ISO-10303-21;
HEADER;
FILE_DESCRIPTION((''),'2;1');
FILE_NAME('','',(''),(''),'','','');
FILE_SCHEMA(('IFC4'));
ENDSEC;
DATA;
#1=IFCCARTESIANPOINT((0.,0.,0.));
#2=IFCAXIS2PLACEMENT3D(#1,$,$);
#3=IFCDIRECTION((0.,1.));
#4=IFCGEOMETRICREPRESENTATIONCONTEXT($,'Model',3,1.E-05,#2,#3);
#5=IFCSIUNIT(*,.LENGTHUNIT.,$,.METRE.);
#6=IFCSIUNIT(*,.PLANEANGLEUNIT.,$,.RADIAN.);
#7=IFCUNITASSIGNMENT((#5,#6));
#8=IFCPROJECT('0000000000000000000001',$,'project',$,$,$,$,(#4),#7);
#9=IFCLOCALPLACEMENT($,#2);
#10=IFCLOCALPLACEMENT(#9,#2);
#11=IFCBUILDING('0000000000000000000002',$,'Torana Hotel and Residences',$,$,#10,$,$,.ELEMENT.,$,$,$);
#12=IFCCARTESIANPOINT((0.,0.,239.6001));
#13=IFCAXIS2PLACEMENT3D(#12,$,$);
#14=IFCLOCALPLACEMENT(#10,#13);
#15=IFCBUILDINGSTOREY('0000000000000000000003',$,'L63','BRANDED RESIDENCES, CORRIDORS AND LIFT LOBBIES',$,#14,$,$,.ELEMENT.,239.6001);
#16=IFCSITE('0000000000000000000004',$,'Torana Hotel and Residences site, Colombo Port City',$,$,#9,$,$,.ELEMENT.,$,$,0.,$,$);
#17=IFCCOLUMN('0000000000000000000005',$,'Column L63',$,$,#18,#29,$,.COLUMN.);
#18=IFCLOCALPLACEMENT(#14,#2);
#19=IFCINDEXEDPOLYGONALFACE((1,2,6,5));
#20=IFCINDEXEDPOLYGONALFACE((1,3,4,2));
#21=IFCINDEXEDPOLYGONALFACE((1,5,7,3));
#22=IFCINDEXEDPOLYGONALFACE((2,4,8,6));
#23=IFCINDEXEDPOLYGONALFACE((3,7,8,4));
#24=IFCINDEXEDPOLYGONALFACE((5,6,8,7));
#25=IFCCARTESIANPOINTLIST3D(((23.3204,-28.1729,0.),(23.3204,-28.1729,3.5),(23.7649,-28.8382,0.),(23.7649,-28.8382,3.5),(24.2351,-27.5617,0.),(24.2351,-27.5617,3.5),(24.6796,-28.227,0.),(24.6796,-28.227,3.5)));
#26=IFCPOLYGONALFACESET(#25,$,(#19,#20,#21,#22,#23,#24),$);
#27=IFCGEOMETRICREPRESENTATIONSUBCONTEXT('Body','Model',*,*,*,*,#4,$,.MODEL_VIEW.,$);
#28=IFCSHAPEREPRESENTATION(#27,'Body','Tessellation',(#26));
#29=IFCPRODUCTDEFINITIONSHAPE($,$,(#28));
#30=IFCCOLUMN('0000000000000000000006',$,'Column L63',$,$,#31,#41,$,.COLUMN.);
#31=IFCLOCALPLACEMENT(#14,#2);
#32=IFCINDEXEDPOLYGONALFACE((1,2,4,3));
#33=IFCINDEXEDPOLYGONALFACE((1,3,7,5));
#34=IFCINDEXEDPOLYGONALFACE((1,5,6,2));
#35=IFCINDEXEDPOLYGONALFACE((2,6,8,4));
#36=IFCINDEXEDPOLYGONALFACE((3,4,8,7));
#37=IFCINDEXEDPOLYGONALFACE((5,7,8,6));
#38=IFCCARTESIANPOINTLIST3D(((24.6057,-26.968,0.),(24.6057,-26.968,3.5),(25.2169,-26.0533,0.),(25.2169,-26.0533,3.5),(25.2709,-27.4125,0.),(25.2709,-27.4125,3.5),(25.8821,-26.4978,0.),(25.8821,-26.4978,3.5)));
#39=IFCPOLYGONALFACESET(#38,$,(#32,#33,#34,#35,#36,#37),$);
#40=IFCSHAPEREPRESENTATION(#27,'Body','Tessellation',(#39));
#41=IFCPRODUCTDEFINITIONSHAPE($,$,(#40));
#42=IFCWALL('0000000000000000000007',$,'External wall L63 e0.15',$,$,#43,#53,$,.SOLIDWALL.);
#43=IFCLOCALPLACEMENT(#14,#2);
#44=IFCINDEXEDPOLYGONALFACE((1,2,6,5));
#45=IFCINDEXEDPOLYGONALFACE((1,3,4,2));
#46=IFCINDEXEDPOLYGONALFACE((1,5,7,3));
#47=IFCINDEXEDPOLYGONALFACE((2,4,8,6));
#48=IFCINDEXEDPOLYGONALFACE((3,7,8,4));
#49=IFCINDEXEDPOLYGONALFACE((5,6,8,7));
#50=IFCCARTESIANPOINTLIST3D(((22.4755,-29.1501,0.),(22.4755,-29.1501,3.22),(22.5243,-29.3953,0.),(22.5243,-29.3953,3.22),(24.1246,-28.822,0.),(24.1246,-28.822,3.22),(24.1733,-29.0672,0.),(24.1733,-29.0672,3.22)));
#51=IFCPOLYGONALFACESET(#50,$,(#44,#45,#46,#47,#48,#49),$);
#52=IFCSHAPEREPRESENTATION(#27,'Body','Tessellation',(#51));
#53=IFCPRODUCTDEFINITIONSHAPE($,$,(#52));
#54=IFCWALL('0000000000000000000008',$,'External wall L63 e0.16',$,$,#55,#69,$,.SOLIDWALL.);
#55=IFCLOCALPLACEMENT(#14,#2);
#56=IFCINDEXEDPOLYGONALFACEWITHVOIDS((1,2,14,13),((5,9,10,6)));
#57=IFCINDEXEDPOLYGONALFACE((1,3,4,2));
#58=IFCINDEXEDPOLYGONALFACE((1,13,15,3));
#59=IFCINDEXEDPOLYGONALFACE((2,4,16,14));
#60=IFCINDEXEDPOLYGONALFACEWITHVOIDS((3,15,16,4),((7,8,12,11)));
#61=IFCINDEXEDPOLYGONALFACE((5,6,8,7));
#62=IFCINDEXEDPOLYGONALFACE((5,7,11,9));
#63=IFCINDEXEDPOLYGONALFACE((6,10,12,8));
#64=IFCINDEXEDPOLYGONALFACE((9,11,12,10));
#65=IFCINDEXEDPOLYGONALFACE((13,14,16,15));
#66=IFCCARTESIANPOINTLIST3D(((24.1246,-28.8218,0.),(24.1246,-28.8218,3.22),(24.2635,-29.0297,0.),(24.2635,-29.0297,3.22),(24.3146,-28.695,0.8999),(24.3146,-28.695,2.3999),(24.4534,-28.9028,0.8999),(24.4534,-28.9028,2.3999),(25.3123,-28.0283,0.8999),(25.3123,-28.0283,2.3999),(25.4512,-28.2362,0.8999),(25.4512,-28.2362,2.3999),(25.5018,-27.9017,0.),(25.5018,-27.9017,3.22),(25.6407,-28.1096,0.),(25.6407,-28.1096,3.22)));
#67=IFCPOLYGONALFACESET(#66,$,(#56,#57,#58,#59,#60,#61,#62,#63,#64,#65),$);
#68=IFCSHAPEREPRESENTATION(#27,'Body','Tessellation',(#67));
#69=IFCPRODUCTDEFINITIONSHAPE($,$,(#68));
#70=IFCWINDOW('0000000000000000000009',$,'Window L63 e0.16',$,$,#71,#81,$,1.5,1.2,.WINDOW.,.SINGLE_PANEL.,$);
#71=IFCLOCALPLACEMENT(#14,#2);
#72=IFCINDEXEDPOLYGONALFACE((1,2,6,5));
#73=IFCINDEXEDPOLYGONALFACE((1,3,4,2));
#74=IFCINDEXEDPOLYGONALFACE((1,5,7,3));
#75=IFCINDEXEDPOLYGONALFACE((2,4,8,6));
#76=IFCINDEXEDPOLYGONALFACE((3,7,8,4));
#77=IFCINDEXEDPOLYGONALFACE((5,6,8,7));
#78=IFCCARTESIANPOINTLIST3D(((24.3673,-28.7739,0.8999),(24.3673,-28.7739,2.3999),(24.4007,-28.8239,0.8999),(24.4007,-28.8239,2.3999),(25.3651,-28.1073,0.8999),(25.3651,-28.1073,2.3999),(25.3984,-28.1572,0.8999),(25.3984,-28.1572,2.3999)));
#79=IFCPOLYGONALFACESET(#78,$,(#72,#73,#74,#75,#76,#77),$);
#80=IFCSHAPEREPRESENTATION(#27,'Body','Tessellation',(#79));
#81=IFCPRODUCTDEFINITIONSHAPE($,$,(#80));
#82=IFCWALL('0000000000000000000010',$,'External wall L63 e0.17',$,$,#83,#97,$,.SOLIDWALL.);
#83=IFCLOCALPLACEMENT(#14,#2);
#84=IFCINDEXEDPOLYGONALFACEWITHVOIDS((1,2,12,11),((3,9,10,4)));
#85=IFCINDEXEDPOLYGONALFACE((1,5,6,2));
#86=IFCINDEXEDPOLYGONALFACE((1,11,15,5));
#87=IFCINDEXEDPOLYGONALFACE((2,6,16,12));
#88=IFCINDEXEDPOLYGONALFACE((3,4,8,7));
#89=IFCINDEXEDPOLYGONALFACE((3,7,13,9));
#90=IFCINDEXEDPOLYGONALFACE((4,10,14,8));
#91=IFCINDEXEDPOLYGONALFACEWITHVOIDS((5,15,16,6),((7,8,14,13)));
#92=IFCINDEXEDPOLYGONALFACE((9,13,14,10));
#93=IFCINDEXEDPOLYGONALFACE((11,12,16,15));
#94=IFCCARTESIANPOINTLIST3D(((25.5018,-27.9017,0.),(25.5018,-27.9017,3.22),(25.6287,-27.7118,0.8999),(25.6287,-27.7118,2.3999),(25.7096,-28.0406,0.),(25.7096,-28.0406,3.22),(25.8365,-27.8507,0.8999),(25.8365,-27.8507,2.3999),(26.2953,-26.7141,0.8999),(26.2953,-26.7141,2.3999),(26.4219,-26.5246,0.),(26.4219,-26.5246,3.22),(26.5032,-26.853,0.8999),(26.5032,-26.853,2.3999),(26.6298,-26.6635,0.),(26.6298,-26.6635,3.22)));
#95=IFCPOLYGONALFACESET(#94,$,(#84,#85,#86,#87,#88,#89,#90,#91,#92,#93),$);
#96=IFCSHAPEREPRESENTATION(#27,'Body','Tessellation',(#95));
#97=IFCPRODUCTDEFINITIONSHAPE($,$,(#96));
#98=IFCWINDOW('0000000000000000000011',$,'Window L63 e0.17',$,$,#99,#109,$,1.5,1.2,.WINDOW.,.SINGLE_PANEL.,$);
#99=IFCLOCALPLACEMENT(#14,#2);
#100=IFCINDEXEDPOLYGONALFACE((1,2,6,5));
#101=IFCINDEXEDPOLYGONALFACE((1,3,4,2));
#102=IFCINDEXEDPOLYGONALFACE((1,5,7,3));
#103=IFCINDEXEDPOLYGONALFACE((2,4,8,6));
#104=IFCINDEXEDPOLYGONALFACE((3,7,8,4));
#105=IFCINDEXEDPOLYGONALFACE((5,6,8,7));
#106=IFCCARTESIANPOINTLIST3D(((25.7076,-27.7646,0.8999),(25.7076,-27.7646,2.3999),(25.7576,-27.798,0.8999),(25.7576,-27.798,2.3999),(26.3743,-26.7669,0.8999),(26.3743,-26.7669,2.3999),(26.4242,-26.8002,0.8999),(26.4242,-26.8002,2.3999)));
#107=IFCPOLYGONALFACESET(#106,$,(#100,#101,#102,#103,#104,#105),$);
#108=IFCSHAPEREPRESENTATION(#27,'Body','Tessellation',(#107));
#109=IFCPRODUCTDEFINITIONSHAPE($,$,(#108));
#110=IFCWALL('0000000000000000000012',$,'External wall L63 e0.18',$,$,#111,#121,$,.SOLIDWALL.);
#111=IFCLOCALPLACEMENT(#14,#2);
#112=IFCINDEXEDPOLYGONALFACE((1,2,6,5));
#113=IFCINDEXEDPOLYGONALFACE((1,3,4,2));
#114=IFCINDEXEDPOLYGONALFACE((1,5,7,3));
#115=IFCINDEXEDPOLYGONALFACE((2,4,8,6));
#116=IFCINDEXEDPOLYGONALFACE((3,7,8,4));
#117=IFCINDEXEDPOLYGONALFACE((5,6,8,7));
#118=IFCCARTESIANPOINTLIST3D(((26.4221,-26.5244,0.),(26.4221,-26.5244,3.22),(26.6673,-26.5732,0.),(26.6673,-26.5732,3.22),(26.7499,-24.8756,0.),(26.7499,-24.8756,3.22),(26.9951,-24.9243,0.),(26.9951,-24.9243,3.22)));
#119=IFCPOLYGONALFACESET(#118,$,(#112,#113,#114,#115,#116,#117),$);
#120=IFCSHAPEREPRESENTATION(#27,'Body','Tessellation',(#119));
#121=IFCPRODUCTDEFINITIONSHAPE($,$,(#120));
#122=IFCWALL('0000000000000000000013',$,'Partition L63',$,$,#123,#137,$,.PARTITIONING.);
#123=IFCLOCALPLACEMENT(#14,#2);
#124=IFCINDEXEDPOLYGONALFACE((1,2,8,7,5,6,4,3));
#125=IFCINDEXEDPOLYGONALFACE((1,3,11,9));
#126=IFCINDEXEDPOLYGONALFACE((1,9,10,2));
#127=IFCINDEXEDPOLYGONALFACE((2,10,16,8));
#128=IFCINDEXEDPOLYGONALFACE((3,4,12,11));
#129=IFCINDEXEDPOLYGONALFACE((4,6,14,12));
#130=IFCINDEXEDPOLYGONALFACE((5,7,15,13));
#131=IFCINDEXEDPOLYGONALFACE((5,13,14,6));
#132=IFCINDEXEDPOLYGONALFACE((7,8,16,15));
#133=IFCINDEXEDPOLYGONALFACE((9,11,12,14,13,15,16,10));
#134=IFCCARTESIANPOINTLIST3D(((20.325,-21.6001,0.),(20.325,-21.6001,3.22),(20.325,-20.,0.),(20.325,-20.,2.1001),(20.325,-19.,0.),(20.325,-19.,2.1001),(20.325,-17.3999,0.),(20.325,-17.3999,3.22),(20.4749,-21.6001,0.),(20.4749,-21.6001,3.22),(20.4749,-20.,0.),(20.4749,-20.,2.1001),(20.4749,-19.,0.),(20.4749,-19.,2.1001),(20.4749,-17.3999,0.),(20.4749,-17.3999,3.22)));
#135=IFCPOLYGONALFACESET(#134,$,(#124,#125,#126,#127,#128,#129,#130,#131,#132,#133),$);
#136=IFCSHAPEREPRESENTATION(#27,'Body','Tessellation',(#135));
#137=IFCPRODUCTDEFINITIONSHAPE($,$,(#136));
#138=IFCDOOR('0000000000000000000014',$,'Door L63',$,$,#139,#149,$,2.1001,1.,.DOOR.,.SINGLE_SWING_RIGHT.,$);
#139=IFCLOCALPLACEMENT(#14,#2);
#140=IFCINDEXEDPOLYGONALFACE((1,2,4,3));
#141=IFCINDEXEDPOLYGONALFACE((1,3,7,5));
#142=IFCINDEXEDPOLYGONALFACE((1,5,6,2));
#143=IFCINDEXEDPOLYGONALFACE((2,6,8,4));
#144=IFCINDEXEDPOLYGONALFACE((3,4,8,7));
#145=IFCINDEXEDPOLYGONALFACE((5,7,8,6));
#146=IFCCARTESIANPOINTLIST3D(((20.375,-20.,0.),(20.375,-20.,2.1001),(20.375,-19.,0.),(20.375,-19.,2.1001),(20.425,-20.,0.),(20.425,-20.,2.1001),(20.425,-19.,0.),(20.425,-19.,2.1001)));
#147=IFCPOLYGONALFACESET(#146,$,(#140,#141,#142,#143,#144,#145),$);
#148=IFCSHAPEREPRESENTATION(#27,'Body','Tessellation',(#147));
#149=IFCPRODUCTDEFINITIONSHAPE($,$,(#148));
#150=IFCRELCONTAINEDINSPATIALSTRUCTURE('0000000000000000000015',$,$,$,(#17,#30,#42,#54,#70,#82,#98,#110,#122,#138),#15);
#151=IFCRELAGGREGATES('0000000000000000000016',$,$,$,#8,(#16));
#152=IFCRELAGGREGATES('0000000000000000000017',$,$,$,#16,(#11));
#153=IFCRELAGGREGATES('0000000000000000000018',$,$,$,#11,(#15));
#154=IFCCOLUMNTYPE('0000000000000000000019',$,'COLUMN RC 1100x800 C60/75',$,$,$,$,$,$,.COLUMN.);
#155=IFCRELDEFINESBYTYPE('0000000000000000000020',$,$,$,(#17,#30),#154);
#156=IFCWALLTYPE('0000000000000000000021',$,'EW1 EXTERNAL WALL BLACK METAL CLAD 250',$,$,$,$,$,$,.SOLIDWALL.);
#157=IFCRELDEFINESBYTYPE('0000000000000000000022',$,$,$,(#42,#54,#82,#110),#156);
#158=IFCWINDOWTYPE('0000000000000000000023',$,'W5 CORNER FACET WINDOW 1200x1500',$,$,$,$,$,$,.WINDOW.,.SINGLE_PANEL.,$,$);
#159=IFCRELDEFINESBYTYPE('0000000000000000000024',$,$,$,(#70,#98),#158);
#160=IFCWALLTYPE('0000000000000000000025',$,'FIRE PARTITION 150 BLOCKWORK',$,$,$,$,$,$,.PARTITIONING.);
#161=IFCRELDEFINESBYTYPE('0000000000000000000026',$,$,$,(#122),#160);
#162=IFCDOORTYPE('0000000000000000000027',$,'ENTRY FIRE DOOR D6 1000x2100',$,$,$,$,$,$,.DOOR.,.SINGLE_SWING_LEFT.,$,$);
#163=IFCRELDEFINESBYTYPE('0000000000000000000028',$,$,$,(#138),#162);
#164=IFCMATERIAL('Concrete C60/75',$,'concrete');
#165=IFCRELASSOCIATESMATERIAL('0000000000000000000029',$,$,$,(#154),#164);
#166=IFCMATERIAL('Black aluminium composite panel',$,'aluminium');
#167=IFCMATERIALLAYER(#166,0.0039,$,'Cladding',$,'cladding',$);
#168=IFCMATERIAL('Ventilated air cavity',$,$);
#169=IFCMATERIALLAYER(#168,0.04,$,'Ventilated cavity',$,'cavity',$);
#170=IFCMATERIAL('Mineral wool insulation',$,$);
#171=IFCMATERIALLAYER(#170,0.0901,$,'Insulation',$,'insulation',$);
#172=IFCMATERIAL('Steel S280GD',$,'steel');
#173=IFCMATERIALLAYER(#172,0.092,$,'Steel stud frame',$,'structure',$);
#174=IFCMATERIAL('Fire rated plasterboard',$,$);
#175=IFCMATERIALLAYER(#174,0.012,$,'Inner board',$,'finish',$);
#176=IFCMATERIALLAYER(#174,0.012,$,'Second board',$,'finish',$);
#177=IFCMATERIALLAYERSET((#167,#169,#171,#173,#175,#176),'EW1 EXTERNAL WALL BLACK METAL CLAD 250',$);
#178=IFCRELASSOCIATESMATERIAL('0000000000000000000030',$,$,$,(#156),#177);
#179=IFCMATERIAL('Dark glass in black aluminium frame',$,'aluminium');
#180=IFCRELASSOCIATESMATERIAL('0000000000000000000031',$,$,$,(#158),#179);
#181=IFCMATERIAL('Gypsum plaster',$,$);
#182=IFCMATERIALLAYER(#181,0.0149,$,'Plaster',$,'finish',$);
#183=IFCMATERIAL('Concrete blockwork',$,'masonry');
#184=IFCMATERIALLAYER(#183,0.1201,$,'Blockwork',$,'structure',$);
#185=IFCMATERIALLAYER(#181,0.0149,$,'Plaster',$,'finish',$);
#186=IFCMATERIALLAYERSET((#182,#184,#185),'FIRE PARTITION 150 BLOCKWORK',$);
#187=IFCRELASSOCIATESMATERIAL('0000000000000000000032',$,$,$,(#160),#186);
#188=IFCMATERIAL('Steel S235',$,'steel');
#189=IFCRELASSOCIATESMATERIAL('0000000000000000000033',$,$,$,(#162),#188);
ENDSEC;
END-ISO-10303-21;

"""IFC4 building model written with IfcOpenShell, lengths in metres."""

from ifc_helpers import new_model, si_unit, direction, frame, frame_2d, origin, origin_2d, place, context, subcontext, project, spatial, rectangle, extrude, material, layer, layer_set, material_profile, profile_set, type_object, element, fill, save


model = new_model("IFC4")

# Units and contexts
model_context = context("Model", 3, precision=1e-05, world=origin(), true_north=direction((0.0, 1.0)))
body_context = subcontext(model_context, "Body", "Model", "MODEL_VIEW")
ifc_project = project(units=[si_unit("LENGTHUNIT", "METRE"), si_unit("PLANEANGLEUNIT", "RADIAN")], contexts=[model_context])

# Site, building, storey
site_placement = place(None, origin())
site = spatial("IfcSite", under=ifc_project, at=site_placement, Name="Torana Hotel and Residences site, Colombo Port City", CompositionType="ELEMENT", RefElevation=0.0)
building_placement = place(site_placement, origin())
building = spatial("IfcBuilding", under=site, at=building_placement, Name="Torana Hotel and Residences", CompositionType="ELEMENT")
storey_placement = place(building_placement, frame((0.0, 0.0, 239.6001)))
storey = spatial("IfcBuildingStorey", under=building, at=storey_placement, Name="L63", Description="BRANDED RESIDENCES, CORRIDORS AND LIFT LOBBIES", CompositionType="ELEMENT", Elevation=239.6001)

# Columns
ifc_material_1 = material(Name="Concrete C60/75", Category="concrete")
ifc_material_profile = material_profile(ifc_material_1, rectangle(XDim=1.1001, YDim=0.8, at=origin_2d()), Name="RC 1100x800")
ifc_profile_set = profile_set([ifc_material_profile], Name="Concrete C60/75")
column_type = type_object("IfcColumnType", Name="COLUMN RC 1100x800 C60/75", PredefinedType="COLUMN", material=ifc_profile_set)
for number, where, z_axis, x_axis, name in (
    (1, (24.0, -28.2, 0.0), (0.0, 0.0, 1.0), (0.83146, 0.555585, 0.0), "Column L63"),
    (2, (25.2439, -26.7329, 0.0), (0.0, 0.0, 1.0), (0.555585, 0.83146, 0.0), "Column L63"),
):
    element("IfcColumn", number, at=place(storey_placement, frame(where, z_axis=z_axis, x_axis=x_axis)), inside=storey, type_object=column_type, Name=name, PredefinedType="COLUMN", context=body_context, shape_type="SweptSolid", body=[
        extrude(rectangle(XDim=1.1001, YDim=0.8, at=origin_2d()), origin(), (0.0, 0.0, 1.0), 3.5),
    ])

# Wall
ifc_material_2 = material(Name="Black aluminium composite panel", Category="aluminium")
ifc_layer_1 = layer(ifc_material_2, 0.0039, Name="Cladding", Category="cladding")
ifc_material_3 = material(Name="Ventilated air cavity")
ifc_layer_2 = layer(ifc_material_3, 0.04, Name="Ventilated cavity", Category="cavity")
ifc_material_4 = material(Name="Mineral wool insulation")
ifc_layer_3 = layer(ifc_material_4, 0.0901, Name="Insulation", Category="insulation")
ifc_material_5 = material(Name="Steel S280GD", Category="steel")
ifc_layer_4 = layer(ifc_material_5, 0.092, Name="Steel stud frame", Category="structure")
ifc_material_6 = material(Name="Fire rated plasterboard")
ifc_layer_5 = layer(ifc_material_6, 0.012, Name="Inner board", Category="finish")
ifc_layer_6 = layer(ifc_material_6, 0.012, Name="Second board", Category="finish")
ifc_layer_set_1 = layer_set([ifc_layer_1, ifc_layer_2, ifc_layer_3, ifc_layer_4, ifc_layer_5, ifc_layer_6], Name="EW1 EXTERNAL WALL BLACK METAL CLAD 250")
wall_type_1 = type_object("IfcWallType", Name="EW1 EXTERNAL WALL BLACK METAL CLAD 250", PredefinedType="SOLIDWALL", material=ifc_layer_set_1)
wall_1_placement = place(storey_placement, frame((22.4998, -29.2727, 0.0), z_axis=(0.0, 0.0, 1.0), x_axis=(0.980776, 0.195139, 0.0)))
element("IfcWall", 3, at=wall_1_placement, inside=storey, type_object=wall_type_1, Name="External wall L63 e0.15", PredefinedType="SOLIDWALL", context=body_context, shape_type="SweptSolid", body=[
    extrude(rectangle(XDim=1.6814, YDim=0.25, at=frame_2d((0.8408, 0.0))), origin(), (0.0, 0.0, 1.0), 3.22),
])

# Walls, openings, windows
wall_2_placement = place(storey_placement, frame((24.1941, -28.9258, 0.0), z_axis=(0.0, 0.0, 1.0), x_axis=(0.831483, 0.55555, 0.0)))
wall_2 = element("IfcWall", 4, at=wall_2_placement, inside=storey, type_object=wall_type_1, Name="External wall L63 e0.16", PredefinedType="SOLIDWALL", context=body_context, shape_type="SweptSolid", body=[
    extrude(rectangle(XDim=1.6562, YDim=0.25, at=frame_2d((0.8281, 0.0))), origin(), (0.0, 0.0, 1.0), 3.22),
])
opening_1_placement = place(wall_2_placement, frame((0.2283, 0.0, 0.8999)))
opening_1 = element("IfcOpeningElement", 5, at=opening_1_placement, cuts=wall_2, PredefinedType="OPENING", context=body_context, shape_type="SweptSolid", body=[
    extrude(rectangle(XDim=1.2, YDim=1.5, at=frame_2d((0.6001, 0.75))), frame((0.0, 0.135, 0.0), z_axis=(0.0, -1.0, 0.0), x_axis=(1.0, 0.0, 0.0)), (0.0, 0.0, 1.0), 0.27),
])
ifc_material_7 = material(Name="Dark glass in black aluminium frame", Category="aluminium")
window_type = type_object("IfcWindowType", Name="W5 CORNER FACET WINDOW 1200x1500", PartitioningType="SINGLE_PANEL", PredefinedType="WINDOW", material=ifc_material_7)
window_1_placement = place(opening_1_placement, origin())
window_1 = element("IfcWindow", 6, at=window_1_placement, inside=storey, type_object=window_type, Name="Window L63 e0.16", OverallHeight=1.5, OverallWidth=1.2, PartitioningType="SINGLE_PANEL", PredefinedType="WINDOW", context=body_context, shape_type="SweptSolid", body=[
    extrude(rectangle(XDim=1.2, YDim=1.5, at=frame_2d((0.6001, 0.75))), frame((0.0, 0.03, 0.0), z_axis=(0.0, -1.0, 0.0), x_axis=(1.0, 0.0, 0.0)), (0.0, 0.0, 1.0), 0.0601),
])
fill(opening_1, window_1)
wall_3_placement = place(storey_placement, frame((25.6057, -27.9712, 0.0), z_axis=(0.0, 0.0, 1.0), x_axis=(0.55555, 0.831483, 0.0)))
wall_3 = element("IfcWall", 7, at=wall_3_placement, inside=storey, type_object=wall_type_1, Name="External wall L63 e0.17", PredefinedType="SOLIDWALL", context=body_context, shape_type="SweptSolid", body=[
    extrude(rectangle(XDim=1.6562, YDim=0.25, at=frame_2d((0.8281, 0.0))), origin(), (0.0, 0.0, 1.0), 3.22),
])
opening_2_placement = place(wall_3_placement, frame((0.2283, 0.0, 0.8999)))
opening_2 = element("IfcOpeningElement", 8, at=opening_2_placement, cuts=wall_3, PredefinedType="OPENING", context=body_context, shape_type="SweptSolid", body=[
    extrude(rectangle(XDim=1.2, YDim=1.5, at=frame_2d((0.6001, 0.75))), frame((0.0, 0.135, 0.0), z_axis=(0.0, -1.0, 0.0), x_axis=(1.0, 0.0, 0.0)), (0.0, 0.0, 1.0), 0.27),
])
window_2_placement = place(opening_2_placement, origin())
window_2 = element("IfcWindow", 9, at=window_2_placement, inside=storey, type_object=window_type, Name="Window L63 e0.17", OverallHeight=1.5, OverallWidth=1.2, PartitioningType="SINGLE_PANEL", PredefinedType="WINDOW", context=body_context, shape_type="SweptSolid", body=[
    extrude(rectangle(XDim=1.2, YDim=1.5, at=frame_2d((0.6001, 0.75))), frame((0.0, 0.03, 0.0), z_axis=(0.0, -1.0, 0.0), x_axis=(1.0, 0.0, 0.0)), (0.0, 0.0, 1.0), 0.0601),
])
fill(opening_2, window_2)

# Wall
wall_4_placement = place(storey_placement, frame((26.5447, -26.5488, 0.0), z_axis=(0.0, 0.0, 1.0), x_axis=(0.195027, 0.980798, 0.0)))
element("IfcWall", 10, at=wall_4_placement, inside=storey, type_object=wall_type_1, Name="External wall L63 e0.18", PredefinedType="SOLIDWALL", context=body_context, shape_type="SweptSolid", body=[
    extrude(rectangle(XDim=1.6812, YDim=0.25, at=frame_2d((0.8406, 0.0))), origin(), (0.0, 0.0, 1.0), 3.22),
])

# Wall, opening, door
ifc_material_8 = material(Name="Gypsum plaster")
ifc_layer_7 = layer(ifc_material_8, 0.0149, Name="Plaster", Category="finish")
ifc_material_9 = material(Name="Concrete blockwork", Category="masonry")
ifc_layer_8 = layer(ifc_material_9, 0.1201, Name="Blockwork", Category="structure")
ifc_layer_9 = layer(ifc_material_8, 0.0149, Name="Plaster", Category="finish")
ifc_layer_set_2 = layer_set([ifc_layer_7, ifc_layer_8, ifc_layer_9], Name="FIRE PARTITION 150 BLOCKWORK")
wall_type_2 = type_object("IfcWallType", Name="FIRE PARTITION 150 BLOCKWORK", PredefinedType="PARTITIONING", material=ifc_layer_set_2)
wall_5_placement = place(storey_placement, frame((20.3999, -21.6001, 0.0), z_axis=(0.0, 0.0, 1.0), x_axis=(0.0, 1.0, 0.0)))
wall_5 = element("IfcWall", 11, at=wall_5_placement, inside=storey, type_object=wall_type_2, Name="Partition L63", PredefinedType="PARTITIONING", context=body_context, shape_type="SweptSolid", body=[
    extrude(rectangle(XDim=4.2002, YDim=0.1499, at=frame_2d((2.1001, 0.0))), origin(), (0.0, 0.0, 1.0), 3.22),
])
opening_3_placement = place(wall_5_placement, frame((1.6001, 0.0, 0.0)))
opening_3 = element("IfcOpeningElement", 12, at=opening_3_placement, cuts=wall_5, PredefinedType="OPENING", context=body_context, shape_type="SweptSolid", body=[
    extrude(rectangle(XDim=1.0, YDim=2.1001, at=frame_2d((0.5, 1.05))), frame((0.0, 0.085, 0.0), z_axis=(0.0, -1.0, 0.0), x_axis=(1.0, 0.0, 0.0)), (0.0, 0.0, 1.0), 0.1699),
])
ifc_material_10 = material(Name="Steel S235", Category="steel")
door_type_1 = type_object("IfcDoorType", Name="ENTRY FIRE DOOR D6 1000x2100", OperationType="SINGLE_SWING_LEFT", PredefinedType="DOOR", material=ifc_material_10)
door_1_placement = place(opening_3_placement, origin())
door_1 = element("IfcDoor", 13, at=door_1_placement, inside=storey, type_object=door_type_1, Name="Door L63", OperationType="SINGLE_SWING_RIGHT", OverallHeight=2.1001, OverallWidth=1.0, PredefinedType="DOOR", context=body_context, shape_type="SweptSolid", body=[
    extrude(rectangle(XDim=1.0, YDim=2.1001, at=frame_2d((0.5, 1.05))), frame((0.0, 0.0249, 0.0), z_axis=(0.0, -1.0, 0.0), x_axis=(1.0, 0.0, 0.0)), (0.0, 0.0, 1.0), 0.05),
])
fill(opening_3, door_1)

save(model, "model.ifc")
